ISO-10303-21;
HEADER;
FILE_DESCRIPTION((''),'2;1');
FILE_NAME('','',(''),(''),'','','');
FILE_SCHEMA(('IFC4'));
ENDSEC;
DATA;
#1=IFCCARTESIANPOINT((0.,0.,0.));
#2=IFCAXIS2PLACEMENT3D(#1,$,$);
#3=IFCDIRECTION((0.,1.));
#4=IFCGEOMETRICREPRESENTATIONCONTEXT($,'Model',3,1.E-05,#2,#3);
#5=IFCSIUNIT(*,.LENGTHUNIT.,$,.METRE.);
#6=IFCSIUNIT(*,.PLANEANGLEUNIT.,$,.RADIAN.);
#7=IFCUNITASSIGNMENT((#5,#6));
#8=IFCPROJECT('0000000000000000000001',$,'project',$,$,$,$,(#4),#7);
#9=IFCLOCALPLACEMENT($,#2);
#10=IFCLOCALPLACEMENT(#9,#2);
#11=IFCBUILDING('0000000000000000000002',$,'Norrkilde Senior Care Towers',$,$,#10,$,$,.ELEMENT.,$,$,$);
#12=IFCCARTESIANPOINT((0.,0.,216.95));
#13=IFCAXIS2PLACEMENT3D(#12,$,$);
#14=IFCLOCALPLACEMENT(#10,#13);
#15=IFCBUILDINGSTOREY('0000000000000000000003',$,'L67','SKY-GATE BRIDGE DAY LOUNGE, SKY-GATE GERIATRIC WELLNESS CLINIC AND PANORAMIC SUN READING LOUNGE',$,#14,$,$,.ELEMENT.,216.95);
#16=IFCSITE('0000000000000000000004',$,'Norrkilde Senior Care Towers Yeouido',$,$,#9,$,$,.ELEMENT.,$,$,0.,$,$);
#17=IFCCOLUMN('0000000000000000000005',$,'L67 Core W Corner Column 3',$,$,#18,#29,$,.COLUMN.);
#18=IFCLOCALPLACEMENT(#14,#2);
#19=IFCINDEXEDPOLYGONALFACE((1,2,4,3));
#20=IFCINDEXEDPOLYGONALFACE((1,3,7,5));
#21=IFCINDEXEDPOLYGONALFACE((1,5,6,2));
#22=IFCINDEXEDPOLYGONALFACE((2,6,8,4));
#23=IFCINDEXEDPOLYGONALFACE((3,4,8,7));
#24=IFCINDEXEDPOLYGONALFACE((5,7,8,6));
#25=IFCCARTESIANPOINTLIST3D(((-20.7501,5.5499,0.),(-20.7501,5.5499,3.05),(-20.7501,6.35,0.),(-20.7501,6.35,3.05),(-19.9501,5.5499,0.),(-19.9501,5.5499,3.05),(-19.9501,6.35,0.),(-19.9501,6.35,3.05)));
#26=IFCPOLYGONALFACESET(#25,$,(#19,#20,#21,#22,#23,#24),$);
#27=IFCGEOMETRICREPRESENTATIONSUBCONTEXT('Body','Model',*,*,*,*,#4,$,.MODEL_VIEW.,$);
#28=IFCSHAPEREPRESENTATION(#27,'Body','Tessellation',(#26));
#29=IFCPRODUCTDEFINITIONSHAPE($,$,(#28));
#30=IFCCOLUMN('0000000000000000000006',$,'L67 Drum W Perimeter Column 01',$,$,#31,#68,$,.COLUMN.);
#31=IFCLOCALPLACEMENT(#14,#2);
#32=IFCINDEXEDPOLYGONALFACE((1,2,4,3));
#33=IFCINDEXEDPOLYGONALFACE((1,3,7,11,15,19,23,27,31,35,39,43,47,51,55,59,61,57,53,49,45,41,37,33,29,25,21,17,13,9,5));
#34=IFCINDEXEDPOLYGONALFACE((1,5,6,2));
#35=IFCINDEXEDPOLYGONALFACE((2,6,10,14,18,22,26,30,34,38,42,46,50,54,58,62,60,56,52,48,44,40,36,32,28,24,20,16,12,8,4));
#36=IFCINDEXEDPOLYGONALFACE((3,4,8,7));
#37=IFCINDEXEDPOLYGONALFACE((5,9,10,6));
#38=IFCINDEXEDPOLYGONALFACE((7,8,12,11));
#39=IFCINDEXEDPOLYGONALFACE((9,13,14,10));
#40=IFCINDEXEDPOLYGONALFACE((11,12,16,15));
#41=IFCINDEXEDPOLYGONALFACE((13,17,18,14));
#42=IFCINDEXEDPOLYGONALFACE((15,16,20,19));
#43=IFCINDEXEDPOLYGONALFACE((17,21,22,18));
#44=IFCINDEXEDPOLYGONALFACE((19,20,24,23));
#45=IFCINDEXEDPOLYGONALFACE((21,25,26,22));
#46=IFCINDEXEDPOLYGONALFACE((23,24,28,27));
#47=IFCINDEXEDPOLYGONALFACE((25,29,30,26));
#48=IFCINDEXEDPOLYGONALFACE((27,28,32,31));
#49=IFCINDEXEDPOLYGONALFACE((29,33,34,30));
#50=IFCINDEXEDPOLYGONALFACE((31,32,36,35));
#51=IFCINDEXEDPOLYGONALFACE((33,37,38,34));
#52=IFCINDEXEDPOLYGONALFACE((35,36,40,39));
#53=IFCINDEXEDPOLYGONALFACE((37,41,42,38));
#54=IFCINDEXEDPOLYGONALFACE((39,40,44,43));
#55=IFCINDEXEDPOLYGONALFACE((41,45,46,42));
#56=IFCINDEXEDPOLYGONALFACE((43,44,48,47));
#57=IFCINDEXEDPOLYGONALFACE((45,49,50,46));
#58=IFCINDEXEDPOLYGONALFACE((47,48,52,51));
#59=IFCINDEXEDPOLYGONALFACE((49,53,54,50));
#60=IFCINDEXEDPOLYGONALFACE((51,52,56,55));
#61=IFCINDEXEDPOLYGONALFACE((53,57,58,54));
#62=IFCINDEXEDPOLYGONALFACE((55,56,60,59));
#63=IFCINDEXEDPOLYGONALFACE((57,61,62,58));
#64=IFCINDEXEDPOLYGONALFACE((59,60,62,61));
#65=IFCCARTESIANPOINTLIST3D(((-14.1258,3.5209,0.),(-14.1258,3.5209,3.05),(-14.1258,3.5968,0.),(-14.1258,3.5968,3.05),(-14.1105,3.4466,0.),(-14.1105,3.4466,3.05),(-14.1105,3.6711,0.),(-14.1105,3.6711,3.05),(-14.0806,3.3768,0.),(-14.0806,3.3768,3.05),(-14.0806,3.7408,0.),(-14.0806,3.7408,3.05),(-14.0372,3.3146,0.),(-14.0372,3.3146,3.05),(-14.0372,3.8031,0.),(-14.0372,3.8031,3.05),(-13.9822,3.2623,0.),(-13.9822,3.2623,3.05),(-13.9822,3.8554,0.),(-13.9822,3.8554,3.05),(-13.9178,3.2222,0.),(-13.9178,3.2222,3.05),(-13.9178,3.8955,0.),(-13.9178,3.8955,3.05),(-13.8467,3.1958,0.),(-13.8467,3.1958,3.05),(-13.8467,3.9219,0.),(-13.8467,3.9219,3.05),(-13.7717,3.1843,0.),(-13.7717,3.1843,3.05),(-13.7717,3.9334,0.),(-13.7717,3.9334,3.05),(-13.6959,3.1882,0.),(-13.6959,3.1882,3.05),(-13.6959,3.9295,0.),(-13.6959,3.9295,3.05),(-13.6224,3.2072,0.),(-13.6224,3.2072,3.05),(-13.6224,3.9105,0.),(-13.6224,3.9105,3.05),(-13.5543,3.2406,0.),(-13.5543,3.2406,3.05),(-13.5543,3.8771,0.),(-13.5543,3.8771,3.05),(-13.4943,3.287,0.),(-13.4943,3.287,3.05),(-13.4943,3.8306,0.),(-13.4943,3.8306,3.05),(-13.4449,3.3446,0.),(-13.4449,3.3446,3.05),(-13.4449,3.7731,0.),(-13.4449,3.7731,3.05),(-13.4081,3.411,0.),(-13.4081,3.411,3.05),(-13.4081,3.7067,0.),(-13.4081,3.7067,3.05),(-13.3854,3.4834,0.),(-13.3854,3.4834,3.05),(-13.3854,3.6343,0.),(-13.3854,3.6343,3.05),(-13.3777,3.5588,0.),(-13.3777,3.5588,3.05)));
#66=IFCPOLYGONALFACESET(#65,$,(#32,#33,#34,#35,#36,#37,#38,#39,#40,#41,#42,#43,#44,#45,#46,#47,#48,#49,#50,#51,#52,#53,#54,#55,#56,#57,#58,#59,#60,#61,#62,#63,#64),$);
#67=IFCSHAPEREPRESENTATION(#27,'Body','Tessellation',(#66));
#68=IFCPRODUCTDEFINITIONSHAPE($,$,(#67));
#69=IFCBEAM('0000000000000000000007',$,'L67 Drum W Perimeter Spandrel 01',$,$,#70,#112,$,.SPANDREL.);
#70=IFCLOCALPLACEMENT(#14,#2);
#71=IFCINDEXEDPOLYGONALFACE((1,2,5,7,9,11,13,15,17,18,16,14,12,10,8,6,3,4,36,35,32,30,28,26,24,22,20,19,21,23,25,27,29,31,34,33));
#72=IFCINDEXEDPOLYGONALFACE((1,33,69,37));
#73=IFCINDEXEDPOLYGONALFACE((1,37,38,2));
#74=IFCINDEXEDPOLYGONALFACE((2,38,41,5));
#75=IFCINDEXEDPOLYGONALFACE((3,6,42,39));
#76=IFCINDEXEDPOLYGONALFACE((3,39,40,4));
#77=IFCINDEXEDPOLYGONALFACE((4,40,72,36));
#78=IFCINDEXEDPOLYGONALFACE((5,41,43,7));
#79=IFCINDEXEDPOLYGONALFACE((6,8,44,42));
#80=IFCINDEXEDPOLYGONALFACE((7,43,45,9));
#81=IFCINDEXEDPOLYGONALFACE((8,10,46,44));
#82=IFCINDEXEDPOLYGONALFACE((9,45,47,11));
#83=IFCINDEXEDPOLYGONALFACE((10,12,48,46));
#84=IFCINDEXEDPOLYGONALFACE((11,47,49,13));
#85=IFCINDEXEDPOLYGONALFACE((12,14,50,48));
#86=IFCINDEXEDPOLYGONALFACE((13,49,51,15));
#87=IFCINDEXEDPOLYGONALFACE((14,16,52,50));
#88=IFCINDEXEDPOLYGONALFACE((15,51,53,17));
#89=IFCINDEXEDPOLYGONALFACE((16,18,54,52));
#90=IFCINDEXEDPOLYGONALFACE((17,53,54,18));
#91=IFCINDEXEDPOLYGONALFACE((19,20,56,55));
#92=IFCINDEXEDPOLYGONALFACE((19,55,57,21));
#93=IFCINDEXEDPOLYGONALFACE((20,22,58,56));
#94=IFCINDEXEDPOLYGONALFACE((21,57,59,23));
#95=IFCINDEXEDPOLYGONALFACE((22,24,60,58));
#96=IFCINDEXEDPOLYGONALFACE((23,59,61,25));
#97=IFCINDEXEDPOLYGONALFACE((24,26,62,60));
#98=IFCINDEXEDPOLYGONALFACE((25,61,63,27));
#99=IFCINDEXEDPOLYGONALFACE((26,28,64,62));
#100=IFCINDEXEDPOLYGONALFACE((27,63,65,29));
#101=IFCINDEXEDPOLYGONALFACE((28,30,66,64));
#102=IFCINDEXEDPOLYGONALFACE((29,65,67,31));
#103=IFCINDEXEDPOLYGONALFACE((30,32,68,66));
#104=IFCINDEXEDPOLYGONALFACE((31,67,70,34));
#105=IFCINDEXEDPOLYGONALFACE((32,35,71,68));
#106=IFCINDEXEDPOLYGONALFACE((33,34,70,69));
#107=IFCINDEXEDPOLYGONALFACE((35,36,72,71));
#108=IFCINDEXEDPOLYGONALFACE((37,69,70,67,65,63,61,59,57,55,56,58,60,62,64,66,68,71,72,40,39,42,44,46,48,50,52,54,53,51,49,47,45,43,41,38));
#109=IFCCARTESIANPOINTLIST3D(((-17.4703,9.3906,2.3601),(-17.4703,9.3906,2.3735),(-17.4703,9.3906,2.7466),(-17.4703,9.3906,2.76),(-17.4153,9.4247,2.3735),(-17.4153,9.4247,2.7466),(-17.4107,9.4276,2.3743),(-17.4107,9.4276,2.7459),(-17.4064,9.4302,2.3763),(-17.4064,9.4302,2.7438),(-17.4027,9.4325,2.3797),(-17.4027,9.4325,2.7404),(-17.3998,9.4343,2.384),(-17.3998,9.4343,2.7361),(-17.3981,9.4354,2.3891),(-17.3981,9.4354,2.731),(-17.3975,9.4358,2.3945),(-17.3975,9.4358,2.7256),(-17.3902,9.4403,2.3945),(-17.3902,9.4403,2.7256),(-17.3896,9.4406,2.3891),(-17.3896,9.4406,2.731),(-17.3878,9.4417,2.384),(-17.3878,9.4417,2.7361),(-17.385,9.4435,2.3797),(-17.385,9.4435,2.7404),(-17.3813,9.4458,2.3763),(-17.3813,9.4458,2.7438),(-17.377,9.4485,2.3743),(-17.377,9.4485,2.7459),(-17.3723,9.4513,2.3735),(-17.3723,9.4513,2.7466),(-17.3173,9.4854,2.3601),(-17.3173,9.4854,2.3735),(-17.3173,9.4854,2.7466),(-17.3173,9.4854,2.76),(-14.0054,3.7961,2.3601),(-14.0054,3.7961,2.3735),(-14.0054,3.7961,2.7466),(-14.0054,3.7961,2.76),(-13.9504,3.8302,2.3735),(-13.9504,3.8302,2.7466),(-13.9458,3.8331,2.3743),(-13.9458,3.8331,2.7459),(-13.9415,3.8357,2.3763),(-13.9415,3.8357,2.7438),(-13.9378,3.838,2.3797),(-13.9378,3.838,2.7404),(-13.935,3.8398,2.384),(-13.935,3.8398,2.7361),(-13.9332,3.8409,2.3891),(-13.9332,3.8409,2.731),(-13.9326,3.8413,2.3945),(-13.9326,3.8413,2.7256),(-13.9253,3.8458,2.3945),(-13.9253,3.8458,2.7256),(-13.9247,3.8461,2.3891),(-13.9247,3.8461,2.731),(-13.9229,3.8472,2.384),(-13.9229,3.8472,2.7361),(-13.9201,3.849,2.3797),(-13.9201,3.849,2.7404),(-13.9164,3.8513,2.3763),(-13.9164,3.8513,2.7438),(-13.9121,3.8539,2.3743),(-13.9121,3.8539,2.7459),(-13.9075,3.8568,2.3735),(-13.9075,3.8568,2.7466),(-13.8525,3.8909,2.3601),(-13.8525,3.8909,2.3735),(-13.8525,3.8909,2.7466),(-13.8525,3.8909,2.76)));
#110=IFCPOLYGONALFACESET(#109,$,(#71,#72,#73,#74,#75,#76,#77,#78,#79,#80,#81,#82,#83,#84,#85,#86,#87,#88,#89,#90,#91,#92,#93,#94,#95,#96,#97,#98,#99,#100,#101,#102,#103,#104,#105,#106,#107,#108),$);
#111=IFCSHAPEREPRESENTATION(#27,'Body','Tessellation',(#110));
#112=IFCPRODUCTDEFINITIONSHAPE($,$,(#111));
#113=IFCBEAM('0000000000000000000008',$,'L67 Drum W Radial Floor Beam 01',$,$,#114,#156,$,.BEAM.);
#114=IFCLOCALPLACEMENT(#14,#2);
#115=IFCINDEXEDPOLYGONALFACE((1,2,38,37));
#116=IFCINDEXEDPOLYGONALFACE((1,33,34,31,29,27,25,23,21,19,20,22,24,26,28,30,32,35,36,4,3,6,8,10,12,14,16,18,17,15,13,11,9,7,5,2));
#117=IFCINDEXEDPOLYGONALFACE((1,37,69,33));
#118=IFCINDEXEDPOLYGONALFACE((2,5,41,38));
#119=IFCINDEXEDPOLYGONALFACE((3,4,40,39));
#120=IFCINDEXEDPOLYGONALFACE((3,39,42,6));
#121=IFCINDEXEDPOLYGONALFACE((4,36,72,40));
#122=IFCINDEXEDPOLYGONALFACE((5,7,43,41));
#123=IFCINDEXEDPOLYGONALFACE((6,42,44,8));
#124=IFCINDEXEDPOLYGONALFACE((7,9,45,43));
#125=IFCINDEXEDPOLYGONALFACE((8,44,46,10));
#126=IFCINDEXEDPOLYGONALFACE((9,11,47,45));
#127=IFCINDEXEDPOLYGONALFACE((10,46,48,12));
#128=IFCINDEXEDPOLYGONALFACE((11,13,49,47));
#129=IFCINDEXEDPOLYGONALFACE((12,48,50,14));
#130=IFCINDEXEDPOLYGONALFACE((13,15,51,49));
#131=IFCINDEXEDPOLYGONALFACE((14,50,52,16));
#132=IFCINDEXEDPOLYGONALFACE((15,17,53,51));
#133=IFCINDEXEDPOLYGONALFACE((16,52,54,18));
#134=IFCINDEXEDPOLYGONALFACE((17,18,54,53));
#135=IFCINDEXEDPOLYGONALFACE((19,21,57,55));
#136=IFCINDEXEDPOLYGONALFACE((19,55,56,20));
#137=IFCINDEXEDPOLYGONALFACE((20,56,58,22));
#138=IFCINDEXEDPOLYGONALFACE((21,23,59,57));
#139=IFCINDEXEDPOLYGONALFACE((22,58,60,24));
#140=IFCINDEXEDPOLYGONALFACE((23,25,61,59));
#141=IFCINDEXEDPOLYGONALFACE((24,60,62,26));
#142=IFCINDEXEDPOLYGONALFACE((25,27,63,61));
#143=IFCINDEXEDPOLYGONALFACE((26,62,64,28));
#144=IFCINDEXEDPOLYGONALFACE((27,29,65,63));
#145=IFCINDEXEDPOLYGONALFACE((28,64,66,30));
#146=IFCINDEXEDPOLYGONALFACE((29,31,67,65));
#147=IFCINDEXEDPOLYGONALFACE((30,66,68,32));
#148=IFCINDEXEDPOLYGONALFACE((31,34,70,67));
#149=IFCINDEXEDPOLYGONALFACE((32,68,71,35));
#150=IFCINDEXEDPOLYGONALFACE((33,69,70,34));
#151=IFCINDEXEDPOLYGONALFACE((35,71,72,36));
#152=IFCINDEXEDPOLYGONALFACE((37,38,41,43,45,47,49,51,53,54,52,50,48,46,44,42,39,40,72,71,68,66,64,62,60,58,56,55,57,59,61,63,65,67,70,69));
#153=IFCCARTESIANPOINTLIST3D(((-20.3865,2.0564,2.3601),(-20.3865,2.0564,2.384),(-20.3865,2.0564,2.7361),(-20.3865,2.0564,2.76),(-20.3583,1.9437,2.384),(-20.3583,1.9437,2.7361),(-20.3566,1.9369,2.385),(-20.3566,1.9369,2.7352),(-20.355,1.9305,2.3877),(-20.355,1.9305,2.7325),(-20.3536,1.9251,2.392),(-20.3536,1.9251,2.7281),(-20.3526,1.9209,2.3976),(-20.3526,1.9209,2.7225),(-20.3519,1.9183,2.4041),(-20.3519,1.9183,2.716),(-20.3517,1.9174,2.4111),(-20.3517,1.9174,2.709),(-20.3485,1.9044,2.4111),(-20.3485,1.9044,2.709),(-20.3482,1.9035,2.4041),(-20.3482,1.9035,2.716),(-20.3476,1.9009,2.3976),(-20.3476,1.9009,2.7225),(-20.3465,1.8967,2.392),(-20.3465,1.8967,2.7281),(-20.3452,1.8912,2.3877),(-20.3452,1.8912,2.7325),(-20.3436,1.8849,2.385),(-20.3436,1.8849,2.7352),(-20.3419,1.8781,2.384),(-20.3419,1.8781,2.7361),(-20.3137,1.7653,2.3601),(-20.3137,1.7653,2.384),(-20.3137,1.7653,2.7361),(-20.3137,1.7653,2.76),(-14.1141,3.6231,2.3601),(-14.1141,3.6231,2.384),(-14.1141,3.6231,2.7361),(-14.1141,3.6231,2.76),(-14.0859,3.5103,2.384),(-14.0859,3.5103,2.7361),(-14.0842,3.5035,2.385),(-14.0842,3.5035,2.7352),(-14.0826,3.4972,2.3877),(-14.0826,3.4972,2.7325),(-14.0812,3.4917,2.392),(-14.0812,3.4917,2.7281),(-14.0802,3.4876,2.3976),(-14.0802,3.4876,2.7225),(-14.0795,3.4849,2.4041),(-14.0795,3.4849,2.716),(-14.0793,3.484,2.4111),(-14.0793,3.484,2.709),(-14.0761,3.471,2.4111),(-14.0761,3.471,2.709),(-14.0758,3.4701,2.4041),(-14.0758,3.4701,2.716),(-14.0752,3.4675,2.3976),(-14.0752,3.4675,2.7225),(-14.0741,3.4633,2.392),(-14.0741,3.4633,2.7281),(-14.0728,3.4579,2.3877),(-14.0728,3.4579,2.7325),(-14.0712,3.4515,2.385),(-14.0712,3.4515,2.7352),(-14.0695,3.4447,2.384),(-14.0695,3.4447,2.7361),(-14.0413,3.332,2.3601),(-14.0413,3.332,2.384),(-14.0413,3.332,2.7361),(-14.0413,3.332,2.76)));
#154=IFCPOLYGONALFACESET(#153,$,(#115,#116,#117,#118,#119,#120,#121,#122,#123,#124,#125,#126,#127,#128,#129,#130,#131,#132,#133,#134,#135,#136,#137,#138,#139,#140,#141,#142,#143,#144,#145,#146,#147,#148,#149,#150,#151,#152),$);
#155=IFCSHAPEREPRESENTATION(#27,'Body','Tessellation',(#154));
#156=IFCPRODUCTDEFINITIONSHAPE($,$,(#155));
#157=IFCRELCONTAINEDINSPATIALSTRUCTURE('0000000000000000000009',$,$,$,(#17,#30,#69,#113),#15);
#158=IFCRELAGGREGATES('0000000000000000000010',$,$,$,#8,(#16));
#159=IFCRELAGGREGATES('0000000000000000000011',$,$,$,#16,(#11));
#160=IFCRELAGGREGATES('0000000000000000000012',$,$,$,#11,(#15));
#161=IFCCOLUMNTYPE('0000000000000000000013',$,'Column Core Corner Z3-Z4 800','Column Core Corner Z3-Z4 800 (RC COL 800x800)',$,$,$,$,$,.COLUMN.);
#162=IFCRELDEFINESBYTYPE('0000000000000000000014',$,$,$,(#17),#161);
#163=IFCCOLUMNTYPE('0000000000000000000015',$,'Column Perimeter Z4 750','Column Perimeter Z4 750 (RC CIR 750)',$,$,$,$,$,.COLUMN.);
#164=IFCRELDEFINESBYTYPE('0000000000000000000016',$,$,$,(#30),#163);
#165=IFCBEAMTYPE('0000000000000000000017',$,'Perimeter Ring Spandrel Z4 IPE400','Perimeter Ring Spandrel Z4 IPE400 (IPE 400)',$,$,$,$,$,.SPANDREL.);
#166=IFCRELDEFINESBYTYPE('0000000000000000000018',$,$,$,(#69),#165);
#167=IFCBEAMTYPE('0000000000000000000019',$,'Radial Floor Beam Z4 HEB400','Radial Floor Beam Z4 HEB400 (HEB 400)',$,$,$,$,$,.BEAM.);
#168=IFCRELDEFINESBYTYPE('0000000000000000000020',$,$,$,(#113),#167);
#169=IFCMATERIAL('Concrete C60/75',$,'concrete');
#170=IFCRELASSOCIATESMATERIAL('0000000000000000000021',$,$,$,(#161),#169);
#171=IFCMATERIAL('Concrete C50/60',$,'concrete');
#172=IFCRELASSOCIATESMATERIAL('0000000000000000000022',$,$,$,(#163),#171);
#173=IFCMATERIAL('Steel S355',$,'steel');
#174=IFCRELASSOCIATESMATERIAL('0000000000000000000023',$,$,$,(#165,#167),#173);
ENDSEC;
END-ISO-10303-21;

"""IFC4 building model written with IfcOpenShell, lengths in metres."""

from ifc_helpers import new_model, si_unit, direction, frame, origin, origin_2d, place, context, subcontext, project, spatial, rectangle, circle, i_section, extrude, source, transform, mapped, material, material_profile, profile_set, type_object, type_shapes, element, save


model = new_model("IFC4")

# Units and contexts
model_context = context("Model", 3, precision=1e-05, world=origin(), true_north=direction((0.0, 1.0)))
body_context = subcontext(model_context, "Body", "Model", "MODEL_VIEW")
ifc_project = project(units=[si_unit("LENGTHUNIT", "METRE"), si_unit("PLANEANGLEUNIT", "RADIAN")], contexts=[model_context])

# Site, building, storey
site_placement = place(None, origin())
site = spatial("IfcSite", under=ifc_project, at=site_placement, Name="Norrkilde Senior Care Towers Yeouido", CompositionType="ELEMENT", RefElevation=0.0)
building_placement = place(site_placement, origin())
building = spatial("IfcBuilding", under=site, at=building_placement, Name="Norrkilde Senior Care Towers", CompositionType="ELEMENT")
storey_placement = place(building_placement, frame((0.0, 0.0, 216.95)))
storey = spatial("IfcBuildingStorey", under=building, at=storey_placement, Name="L67", Description="SKY-GATE BRIDGE DAY LOUNGE, SKY-GATE GERIATRIC WELLNESS CLINIC AND PANORAMIC SUN READING LOUNGE", CompositionType="ELEMENT", Elevation=216.95)

# Columns
ifc_material_1 = material(Name="Concrete C60/75", Category="concrete")
ifc_material_profile_1 = material_profile(ifc_material_1, rectangle(XDim=0.8, YDim=0.8, at=origin_2d()), Name="RC COL 800x800")
ifc_profile_set_1 = profile_set([ifc_material_profile_1], Name="Concrete C60/75")
column_type_1 = type_object("IfcColumnType", Name="Column Core Corner Z3-Z4 800", Description="Column Core Corner Z3-Z4 800 (RC COL 800x800)", PredefinedType="COLUMN", material=ifc_profile_set_1)
shared_shape_1 = source(origin(), body_context, "Body", "SweptSolid", [
    extrude(rectangle(XDim=0.8, YDim=0.8, at=origin_2d()), origin(), (0.0, 0.0, 1.0), 3.05),
])
type_shapes(column_type_1, [shared_shape_1])
column_1_placement = place(storey_placement, frame((-20.3501, 5.95, 0.0), z_axis=(0.0, 0.0, 1.0), x_axis=(1.0, 0.0, 0.0)))
element("IfcColumn", 1, at=column_1_placement, inside=storey, type_object=column_type_1, Name="L67 Core W Corner Column 3", PredefinedType="COLUMN", context=body_context, shape_type="MappedRepresentation", body=[
    mapped(shared_shape_1, transform((0.0, 0.0, 0.0), x_axis=(1.0, 0.0, 0.0), y_axis=(0.0, 1.0, 0.0), z_axis=(0.0, 0.0, 1.0), scale=1.0)),
])
ifc_material_2 = material(Name="Concrete C50/60", Category="concrete")
ifc_material_profile_2 = material_profile(ifc_material_2, circle(Radius=0.375, at=origin_2d()), Name="RC CIR 750")
ifc_profile_set_2 = profile_set([ifc_material_profile_2], Name="Concrete C50/60")
column_type_2 = type_object("IfcColumnType", Name="Column Perimeter Z4 750", Description="Column Perimeter Z4 750 (RC CIR 750)", PredefinedType="COLUMN", material=ifc_profile_set_2)
shared_shape_2 = source(origin(), body_context, "Body", "SweptSolid", [
    extrude(circle(Radius=0.375, at=origin_2d()), origin(), (0.0, 0.0, 1.0), 3.05),
])
type_shapes(column_type_2, [shared_shape_2])
column_2_placement = place(storey_placement, frame((-13.7527, 3.5588, 0.0), z_axis=(0.0, 0.0, 1.0), x_axis=(1.0, 0.0, 0.0)))
element("IfcColumn", 2, at=column_2_placement, inside=storey, type_object=column_type_2, Name="L67 Drum W Perimeter Column 01", PredefinedType="COLUMN", context=body_context, shape_type="MappedRepresentation", body=[
    mapped(shared_shape_2, transform((0.0, 0.0, 0.0), x_axis=(1.0, 0.0, 0.0), y_axis=(0.0, 1.0, 0.0), z_axis=(0.0, 0.0, 1.0), scale=1.0)),
])

# Beams
ifc_material_3 = material(Name="Steel S355", Category="steel")
ifc_material_profile_3 = material_profile(ifc_material_3, i_section(OverallWidth=0.1799, OverallDepth=0.3999, WebThickness=0.0085, FlangeThickness=0.0134, FilletRadius=0.021, at=origin_2d()), Name="IPE 400")
ifc_profile_set_3 = profile_set([ifc_material_profile_3], Name="Steel S355")
beam_type_1 = type_object("IfcBeamType", Name="Perimeter Ring Spandrel Z4 IPE400", Description="Perimeter Ring Spandrel Z4 IPE400 (IPE 400)", PredefinedType="SPANDREL", material=ifc_profile_set_3)
shared_shape_3 = source(origin(), body_context, "Body", "SweptSolid", [
    extrude(i_section(OverallWidth=0.1799, OverallDepth=0.3999, WebThickness=0.0085, FlangeThickness=0.0134, FilletRadius=0.021, at=origin_2d()), origin(), (0.0, 0.0, 1.0), 6.5806),
])
type_shapes(beam_type_1, [shared_shape_3])
beam_1_placement = place(storey_placement, frame((-13.929, 3.8435, 2.5601), z_axis=(-0.52653, 0.850157, 0.0), x_axis=(-0.850157, -0.52653, 0.0)))
element("IfcBeam", 3, at=beam_1_placement, inside=storey, type_object=beam_type_1, Name="L67 Drum W Perimeter Spandrel 01", PredefinedType="SPANDREL", context=body_context, shape_type="MappedRepresentation", body=[
    mapped(shared_shape_3, transform((0.0, 0.0, 0.0), x_axis=(1.0, 0.0, 0.0), y_axis=(0.0, 1.0, 0.0), z_axis=(0.0, 0.0, 1.0), scale=1.0)),
])
ifc_material_profile_4 = material_profile(ifc_material_3, i_section(OverallWidth=0.3, OverallDepth=0.3999, WebThickness=0.0134, FlangeThickness=0.0239, FilletRadius=0.0271, at=origin_2d()), Name="HEB 400")
ifc_profile_set_4 = profile_set([ifc_material_profile_4], Name="Steel S355")
beam_type_2 = type_object("IfcBeamType", Name="Radial Floor Beam Z4 HEB400", Description="Radial Floor Beam Z4 HEB400 (HEB 400)", PredefinedType="BEAM", material=ifc_profile_set_4)
shared_shape_4 = source(origin(), body_context, "Body", "SweptSolid", [
    extrude(i_section(OverallWidth=0.3, OverallDepth=0.3999, WebThickness=0.0134, FlangeThickness=0.0239, FilletRadius=0.0271, at=origin_2d()), origin(), (0.0, 0.0, 1.0), 6.4651),
])
beam_2_placement = place(storey_placement, frame((-20.3501, 1.9109, 2.5601), z_axis=(0.970196, 0.242322, 0.0), x_axis=(-0.242322, 0.970196, 0.0)))
element("IfcBeam", 4, at=beam_2_placement, inside=storey, type_object=beam_type_2, Name="L67 Drum W Radial Floor Beam 01", PredefinedType="BEAM", context=body_context, shape_type="MappedRepresentation", body=[
    mapped(shared_shape_4, transform((0.0, 0.0, 0.0), x_axis=(1.0, 0.0, 0.0), y_axis=(0.0, 1.0, 0.0), z_axis=(0.0, 0.0, 1.0), scale=1.0)),
])

save(model, "model.ifc")
